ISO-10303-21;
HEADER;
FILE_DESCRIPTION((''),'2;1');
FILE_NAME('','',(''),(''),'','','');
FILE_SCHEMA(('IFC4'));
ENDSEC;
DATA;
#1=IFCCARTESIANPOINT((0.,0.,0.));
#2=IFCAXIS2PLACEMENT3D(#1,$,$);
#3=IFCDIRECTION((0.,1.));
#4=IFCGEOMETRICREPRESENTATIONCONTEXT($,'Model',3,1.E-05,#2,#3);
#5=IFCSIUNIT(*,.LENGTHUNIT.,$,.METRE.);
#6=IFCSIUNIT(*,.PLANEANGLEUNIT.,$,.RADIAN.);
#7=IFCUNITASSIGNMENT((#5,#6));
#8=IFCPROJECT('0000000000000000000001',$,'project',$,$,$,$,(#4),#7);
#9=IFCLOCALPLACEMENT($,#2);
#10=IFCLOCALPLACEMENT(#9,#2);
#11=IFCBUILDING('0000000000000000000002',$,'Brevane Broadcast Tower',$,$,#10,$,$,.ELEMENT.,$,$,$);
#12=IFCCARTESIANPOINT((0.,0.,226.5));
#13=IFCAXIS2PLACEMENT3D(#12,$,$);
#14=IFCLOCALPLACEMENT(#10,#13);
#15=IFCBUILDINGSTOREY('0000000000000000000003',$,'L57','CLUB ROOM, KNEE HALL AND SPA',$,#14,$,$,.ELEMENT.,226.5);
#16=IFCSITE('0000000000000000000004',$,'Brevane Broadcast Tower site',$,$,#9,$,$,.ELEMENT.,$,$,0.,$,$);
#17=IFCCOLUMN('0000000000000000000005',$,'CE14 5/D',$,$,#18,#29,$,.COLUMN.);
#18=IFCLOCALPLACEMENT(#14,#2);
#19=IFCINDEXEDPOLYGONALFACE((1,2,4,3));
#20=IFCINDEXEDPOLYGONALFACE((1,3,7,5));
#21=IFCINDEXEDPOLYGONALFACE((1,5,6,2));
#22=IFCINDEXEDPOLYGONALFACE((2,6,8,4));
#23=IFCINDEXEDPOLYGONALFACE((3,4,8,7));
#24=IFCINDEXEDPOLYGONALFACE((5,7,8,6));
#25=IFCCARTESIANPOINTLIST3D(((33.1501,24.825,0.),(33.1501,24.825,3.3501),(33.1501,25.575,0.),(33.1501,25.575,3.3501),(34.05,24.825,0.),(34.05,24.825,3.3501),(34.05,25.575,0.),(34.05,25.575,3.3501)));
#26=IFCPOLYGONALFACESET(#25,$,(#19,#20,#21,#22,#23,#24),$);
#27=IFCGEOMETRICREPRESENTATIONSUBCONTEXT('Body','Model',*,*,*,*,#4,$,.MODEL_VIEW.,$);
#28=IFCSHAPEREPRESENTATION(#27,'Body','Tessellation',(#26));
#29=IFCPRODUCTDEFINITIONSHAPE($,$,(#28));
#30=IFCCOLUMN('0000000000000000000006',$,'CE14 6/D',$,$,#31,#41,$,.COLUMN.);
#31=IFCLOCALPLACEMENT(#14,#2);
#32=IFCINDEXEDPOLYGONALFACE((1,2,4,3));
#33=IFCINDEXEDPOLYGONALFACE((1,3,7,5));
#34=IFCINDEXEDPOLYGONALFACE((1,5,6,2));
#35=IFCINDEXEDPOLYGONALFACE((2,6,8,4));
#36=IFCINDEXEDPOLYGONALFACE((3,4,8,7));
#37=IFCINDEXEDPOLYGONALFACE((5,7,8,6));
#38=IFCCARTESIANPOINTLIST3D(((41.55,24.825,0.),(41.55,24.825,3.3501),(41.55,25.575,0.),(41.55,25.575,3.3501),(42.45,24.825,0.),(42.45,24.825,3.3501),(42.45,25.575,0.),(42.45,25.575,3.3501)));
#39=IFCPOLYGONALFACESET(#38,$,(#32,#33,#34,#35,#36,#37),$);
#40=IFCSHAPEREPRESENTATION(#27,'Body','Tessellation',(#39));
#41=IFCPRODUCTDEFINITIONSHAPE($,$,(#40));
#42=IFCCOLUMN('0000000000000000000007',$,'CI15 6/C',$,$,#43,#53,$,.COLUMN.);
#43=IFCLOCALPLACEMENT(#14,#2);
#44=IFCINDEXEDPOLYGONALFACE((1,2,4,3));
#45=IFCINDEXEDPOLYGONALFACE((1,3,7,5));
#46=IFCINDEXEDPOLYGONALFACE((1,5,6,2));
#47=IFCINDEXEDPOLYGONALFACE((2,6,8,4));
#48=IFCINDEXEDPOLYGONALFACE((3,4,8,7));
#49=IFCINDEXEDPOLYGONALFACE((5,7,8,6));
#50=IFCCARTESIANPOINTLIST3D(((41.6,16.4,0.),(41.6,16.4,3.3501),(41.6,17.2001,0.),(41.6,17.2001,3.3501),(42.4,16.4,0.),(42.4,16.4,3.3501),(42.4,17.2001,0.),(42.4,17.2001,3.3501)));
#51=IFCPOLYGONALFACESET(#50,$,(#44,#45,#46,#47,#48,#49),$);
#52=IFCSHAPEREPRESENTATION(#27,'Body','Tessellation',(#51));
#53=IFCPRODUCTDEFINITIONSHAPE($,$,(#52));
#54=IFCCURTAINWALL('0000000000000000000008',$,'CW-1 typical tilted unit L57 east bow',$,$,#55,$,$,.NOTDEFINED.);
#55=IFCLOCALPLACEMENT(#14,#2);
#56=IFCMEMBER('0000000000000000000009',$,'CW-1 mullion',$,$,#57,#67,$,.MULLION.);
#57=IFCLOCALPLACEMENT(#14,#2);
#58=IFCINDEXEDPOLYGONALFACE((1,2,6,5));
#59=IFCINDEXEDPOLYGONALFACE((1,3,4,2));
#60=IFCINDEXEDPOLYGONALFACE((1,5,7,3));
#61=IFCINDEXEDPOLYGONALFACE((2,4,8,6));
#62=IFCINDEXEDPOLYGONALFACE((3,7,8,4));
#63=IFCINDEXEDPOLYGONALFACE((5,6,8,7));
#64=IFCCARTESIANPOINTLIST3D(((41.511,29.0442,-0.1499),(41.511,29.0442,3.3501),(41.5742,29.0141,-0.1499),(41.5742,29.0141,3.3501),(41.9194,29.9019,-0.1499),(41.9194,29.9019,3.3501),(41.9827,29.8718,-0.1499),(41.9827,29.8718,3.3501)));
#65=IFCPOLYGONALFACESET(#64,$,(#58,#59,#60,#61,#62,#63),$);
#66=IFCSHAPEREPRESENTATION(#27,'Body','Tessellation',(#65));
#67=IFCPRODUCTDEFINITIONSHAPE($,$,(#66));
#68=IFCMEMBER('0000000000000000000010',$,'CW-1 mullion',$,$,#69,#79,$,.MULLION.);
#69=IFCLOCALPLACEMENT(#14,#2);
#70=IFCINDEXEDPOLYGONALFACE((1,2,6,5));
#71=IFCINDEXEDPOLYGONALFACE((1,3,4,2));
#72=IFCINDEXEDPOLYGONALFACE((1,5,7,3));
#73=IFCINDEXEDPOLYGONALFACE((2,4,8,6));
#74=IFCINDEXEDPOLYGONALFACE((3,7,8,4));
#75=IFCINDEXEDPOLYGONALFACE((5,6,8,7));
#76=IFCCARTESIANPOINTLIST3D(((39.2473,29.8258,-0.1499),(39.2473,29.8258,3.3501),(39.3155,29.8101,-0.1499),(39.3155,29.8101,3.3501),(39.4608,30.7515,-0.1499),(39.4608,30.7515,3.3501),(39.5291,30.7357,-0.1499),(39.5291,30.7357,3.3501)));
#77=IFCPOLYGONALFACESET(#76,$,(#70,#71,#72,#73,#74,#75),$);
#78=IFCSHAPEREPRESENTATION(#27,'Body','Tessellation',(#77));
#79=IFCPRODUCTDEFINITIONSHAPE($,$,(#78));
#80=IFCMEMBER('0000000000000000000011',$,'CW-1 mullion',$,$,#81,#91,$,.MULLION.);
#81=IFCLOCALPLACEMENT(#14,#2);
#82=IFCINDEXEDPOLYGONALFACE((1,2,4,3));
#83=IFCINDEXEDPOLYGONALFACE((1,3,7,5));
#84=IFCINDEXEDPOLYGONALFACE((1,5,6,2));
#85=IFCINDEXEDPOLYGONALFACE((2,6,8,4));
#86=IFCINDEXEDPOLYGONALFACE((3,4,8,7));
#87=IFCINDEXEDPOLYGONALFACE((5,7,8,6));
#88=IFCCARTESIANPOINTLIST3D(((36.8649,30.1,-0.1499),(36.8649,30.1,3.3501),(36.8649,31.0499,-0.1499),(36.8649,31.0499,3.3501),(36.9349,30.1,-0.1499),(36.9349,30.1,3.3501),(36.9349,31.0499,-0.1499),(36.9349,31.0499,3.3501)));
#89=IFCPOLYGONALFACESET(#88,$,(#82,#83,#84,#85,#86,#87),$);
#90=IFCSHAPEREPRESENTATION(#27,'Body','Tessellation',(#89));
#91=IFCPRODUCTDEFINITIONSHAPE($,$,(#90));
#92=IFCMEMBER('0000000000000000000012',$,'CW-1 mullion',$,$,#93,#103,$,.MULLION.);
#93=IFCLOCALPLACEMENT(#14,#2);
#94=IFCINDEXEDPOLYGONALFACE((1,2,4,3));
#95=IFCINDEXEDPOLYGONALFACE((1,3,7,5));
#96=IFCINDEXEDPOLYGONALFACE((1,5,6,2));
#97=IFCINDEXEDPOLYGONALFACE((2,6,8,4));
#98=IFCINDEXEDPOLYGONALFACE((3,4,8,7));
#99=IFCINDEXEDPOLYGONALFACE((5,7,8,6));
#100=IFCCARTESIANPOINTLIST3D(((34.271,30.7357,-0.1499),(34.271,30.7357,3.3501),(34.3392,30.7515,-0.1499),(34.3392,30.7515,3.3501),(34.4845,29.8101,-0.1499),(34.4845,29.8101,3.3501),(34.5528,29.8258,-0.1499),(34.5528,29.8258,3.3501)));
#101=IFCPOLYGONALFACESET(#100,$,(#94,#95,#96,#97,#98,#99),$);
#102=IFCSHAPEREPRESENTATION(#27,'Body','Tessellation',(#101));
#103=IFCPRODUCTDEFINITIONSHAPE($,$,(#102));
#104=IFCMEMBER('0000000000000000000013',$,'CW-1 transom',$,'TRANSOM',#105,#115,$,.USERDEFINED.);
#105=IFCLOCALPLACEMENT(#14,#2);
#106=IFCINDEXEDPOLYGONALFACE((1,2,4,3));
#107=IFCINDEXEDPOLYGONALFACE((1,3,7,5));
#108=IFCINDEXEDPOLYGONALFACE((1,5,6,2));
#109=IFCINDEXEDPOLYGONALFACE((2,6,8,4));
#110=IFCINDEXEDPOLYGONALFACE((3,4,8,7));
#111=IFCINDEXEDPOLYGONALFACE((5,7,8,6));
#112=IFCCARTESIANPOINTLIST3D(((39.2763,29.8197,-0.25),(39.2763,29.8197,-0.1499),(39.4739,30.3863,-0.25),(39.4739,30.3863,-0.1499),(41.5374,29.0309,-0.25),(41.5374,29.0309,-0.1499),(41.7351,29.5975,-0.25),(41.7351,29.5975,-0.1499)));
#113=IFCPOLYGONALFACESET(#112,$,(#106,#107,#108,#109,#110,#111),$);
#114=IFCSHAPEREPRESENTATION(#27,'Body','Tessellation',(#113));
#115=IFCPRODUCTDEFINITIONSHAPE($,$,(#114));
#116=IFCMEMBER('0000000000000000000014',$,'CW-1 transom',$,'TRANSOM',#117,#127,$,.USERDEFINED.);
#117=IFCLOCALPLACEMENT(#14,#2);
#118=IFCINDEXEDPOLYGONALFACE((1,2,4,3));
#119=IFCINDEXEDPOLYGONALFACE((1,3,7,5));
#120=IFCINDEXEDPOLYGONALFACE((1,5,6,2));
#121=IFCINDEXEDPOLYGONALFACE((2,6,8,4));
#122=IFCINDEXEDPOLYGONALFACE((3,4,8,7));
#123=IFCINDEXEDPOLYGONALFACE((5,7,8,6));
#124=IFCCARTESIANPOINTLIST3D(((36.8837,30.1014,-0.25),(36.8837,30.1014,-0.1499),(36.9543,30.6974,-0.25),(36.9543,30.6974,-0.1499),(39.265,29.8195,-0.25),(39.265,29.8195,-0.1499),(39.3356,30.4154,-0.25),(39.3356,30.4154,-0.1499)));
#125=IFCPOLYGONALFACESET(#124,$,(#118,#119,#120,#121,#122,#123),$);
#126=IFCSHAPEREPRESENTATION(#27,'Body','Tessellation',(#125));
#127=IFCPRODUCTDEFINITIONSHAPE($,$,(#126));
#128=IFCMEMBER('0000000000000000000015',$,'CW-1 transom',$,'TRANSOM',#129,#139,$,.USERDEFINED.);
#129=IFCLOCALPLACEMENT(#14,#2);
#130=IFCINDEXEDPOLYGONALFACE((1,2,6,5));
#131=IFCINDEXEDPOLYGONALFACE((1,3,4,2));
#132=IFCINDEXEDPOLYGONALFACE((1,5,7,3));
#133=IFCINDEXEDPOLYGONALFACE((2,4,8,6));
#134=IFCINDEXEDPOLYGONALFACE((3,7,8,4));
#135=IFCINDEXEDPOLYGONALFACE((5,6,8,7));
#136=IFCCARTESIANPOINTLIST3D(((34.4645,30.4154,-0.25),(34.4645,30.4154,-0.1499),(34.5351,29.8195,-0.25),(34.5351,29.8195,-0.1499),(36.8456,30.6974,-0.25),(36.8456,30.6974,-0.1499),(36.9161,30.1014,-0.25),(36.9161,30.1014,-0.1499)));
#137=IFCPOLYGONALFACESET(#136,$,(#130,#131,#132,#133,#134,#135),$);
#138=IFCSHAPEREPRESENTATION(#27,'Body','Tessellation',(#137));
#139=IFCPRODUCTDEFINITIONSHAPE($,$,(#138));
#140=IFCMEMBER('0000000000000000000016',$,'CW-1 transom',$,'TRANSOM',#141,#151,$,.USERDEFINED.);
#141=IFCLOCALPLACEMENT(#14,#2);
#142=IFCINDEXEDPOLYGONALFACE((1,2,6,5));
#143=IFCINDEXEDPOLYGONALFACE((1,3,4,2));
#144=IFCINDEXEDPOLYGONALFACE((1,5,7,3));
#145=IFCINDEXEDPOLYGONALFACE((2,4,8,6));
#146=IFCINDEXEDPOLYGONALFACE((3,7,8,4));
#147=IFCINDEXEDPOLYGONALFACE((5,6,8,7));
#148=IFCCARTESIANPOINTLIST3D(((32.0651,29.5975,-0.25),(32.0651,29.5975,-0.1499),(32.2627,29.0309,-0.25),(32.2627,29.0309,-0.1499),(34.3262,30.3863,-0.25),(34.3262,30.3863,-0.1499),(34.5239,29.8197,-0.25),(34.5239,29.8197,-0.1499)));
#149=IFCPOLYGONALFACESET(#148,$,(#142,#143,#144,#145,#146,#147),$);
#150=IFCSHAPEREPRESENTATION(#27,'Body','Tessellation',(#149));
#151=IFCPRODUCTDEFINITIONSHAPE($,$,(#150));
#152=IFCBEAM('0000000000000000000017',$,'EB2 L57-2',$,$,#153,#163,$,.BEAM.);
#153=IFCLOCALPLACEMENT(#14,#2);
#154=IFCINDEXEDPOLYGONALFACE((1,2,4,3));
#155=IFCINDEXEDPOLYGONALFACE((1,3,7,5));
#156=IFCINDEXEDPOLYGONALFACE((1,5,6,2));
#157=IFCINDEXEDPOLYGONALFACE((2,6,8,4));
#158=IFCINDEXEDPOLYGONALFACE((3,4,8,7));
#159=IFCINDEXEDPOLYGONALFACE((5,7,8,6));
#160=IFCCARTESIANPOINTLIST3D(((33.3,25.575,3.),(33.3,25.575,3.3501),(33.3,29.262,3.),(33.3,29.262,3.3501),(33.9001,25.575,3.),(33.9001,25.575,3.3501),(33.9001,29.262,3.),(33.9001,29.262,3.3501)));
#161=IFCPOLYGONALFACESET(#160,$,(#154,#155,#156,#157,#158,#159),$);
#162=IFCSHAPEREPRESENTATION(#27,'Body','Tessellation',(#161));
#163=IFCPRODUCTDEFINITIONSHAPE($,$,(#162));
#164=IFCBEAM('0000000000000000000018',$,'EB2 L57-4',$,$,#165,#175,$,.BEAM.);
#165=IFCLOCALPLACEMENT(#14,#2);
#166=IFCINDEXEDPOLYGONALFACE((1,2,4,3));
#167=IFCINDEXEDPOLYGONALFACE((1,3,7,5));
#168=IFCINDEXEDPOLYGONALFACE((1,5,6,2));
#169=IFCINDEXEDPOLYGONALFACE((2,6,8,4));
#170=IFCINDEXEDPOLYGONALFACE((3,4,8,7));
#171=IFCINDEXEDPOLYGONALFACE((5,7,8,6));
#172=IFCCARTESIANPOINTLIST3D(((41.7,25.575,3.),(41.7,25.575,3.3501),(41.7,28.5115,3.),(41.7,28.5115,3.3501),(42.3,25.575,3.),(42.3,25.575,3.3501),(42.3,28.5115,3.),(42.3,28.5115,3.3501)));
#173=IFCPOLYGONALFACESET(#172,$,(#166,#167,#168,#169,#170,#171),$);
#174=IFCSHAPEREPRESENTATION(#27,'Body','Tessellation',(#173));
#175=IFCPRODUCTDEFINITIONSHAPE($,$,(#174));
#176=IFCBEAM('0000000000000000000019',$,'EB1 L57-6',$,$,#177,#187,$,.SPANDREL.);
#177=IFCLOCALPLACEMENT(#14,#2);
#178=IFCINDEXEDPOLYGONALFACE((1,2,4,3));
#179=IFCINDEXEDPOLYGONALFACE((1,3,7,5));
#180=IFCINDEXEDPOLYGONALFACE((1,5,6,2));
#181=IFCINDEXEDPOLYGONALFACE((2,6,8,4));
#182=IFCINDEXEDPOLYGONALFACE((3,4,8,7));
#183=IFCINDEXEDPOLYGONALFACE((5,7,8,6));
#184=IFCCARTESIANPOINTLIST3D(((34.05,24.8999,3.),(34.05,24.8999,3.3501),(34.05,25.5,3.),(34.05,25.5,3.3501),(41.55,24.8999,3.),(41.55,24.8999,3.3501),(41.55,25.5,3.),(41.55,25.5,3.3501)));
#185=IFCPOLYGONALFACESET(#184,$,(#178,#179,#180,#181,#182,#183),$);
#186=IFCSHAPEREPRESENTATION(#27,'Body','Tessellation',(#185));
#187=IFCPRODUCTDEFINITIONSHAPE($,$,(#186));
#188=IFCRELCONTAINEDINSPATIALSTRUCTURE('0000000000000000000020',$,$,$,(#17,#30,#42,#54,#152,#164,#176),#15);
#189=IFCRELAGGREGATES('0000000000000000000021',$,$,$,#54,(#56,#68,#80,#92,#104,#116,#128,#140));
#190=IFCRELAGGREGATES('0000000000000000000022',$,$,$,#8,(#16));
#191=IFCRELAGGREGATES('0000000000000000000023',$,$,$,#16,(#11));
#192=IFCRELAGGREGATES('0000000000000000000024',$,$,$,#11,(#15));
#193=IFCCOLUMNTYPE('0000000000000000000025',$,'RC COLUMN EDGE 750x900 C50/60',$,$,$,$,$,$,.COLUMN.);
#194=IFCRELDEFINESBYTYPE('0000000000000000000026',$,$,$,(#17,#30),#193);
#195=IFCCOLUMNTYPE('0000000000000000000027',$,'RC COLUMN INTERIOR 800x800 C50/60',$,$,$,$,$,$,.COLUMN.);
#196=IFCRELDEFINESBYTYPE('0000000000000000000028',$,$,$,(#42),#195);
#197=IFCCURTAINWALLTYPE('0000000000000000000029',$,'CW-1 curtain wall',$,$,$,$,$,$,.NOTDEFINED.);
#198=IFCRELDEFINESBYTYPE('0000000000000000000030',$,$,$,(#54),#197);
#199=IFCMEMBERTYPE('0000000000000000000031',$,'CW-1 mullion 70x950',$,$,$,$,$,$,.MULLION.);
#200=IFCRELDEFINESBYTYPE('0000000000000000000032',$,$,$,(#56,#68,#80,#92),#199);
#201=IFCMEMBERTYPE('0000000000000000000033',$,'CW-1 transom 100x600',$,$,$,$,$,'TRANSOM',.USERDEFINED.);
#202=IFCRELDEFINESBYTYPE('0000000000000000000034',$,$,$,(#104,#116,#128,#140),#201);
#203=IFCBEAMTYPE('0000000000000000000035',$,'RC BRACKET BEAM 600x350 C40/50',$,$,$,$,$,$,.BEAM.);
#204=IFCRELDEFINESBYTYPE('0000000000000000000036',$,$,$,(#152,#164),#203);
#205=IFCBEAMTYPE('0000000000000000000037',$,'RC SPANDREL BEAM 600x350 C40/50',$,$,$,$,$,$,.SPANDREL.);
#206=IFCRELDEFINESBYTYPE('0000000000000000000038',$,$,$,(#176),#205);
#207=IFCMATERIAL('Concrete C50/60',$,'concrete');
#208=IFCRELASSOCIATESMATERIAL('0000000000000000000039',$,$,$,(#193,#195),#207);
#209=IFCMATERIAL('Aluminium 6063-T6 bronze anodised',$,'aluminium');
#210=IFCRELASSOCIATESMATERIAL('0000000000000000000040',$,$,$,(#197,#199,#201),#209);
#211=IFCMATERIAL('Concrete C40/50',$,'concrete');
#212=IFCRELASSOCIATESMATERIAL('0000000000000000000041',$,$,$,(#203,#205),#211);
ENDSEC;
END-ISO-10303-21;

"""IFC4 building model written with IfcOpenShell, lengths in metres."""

from ifc_helpers import new_model, si_unit, direction, frame, origin, origin_2d, place, context, subcontext, project, spatial, rectangle, extrude, material, material_profile, profile_set, type_object, element, aggregate, save


model = new_model("IFC4")

# Units and contexts
model_context = context("Model", 3, precision=1e-05, world=origin(), true_north=direction((0.0, 1.0)))
body_context = subcontext(model_context, "Body", "Model", "MODEL_VIEW")
ifc_project = project(units=[si_unit("LENGTHUNIT", "METRE"), si_unit("PLANEANGLEUNIT", "RADIAN")], contexts=[model_context])

# Site, building, storey
site_placement = place(None, origin())
site = spatial("IfcSite", under=ifc_project, at=site_placement, Name="Brevane Broadcast Tower site", CompositionType="ELEMENT", RefElevation=0.0)
building_placement = place(site_placement, origin())
building = spatial("IfcBuilding", under=site, at=building_placement, Name="Brevane Broadcast Tower", CompositionType="ELEMENT")
storey_placement = place(building_placement, frame((0.0, 0.0, 226.5)))
storey = spatial("IfcBuildingStorey", under=building, at=storey_placement, Name="L57", Description="CLUB ROOM, KNEE HALL AND SPA", CompositionType="ELEMENT", Elevation=226.5)

# Columns
ifc_material_1 = material(Name="Concrete C50/60", Category="concrete")
ifc_material_profile_1 = material_profile(ifc_material_1, rectangle(XDim=0.75, YDim=0.8999, at=origin_2d()), Name="RC 750x900")
ifc_profile_set_1 = profile_set([ifc_material_profile_1], Name="Concrete C50/60")
column_type_1 = type_object("IfcColumnType", Name="RC COLUMN EDGE 750x900 C50/60", PredefinedType="COLUMN", material=ifc_profile_set_1)
for number, where, z_axis, x_axis, name in (
    (1, (33.6001, 25.2, 0.0), (0.0, 0.0, 1.0), (0.0, 1.0, 0.0), "CE14 5/D"),
    (2, (42.0, 25.2, 0.0), (0.0, 0.0, 1.0), (0.0, 1.0, 0.0), "CE14 6/D"),
):
    element("IfcColumn", number, at=place(storey_placement, frame(where, z_axis=z_axis, x_axis=x_axis)), inside=storey, type_object=column_type_1, Name=name, PredefinedType="COLUMN", context=body_context, shape_type="SweptSolid", body=[
        extrude(rectangle(XDim=0.75, YDim=0.8999, at=origin_2d()), origin(), (0.0, 0.0, 1.0), 3.3501),
    ])
ifc_material_profile_2 = material_profile(ifc_material_1, rectangle(XDim=0.8, YDim=0.8, at=origin_2d()), Name="RC 800x800")
ifc_profile_set_2 = profile_set([ifc_material_profile_2], Name="Concrete C50/60")
column_type_2 = type_object("IfcColumnType", Name="RC COLUMN INTERIOR 800x800 C50/60", PredefinedType="COLUMN", material=ifc_profile_set_2)
column_placement = place(storey_placement, frame((42.0, 16.8, 0.0), z_axis=(0.0, 0.0, 1.0), x_axis=(1.0, 0.0, 0.0)))
element("IfcColumn", 3, at=column_placement, inside=storey, type_object=column_type_2, Name="CI15 6/C", PredefinedType="COLUMN", context=body_context, shape_type="SweptSolid", body=[
    extrude(rectangle(XDim=0.8, YDim=0.8, at=origin_2d()), origin(), (0.0, 0.0, 1.0), 3.3501),
])

# Curtain wall, members
ifc_material_2 = material(Name="Aluminium 6063-T6 bronze anodised", Category="aluminium")
curtain_wall_type = type_object("IfcCurtainWallType", Name="CW-1 curtain wall", PredefinedType="NOTDEFINED", material=ifc_material_2)
curtain_wall_placement = place(storey_placement, origin())
curtain_wall = element("IfcCurtainWall", 4, at=curtain_wall_placement, inside=storey, type_object=curtain_wall_type, Name="CW-1 typical tilted unit L57 east bow", PredefinedType="NOTDEFINED")
ifc_material_profile_3 = material_profile(ifc_material_2, rectangle(XDim=0.95, YDim=0.0701, at=origin_2d()), Name="RECT 70x950")
ifc_profile_set_3 = profile_set([ifc_material_profile_3], Name="Aluminium 6063-T6 bronze anodised")
member_type_1 = type_object("IfcMemberType", Name="CW-1 mullion 70x950", PredefinedType="MULLION", material=ifc_profile_set_3)
member_1_placement = place(storey_placement, frame((41.7468, 29.458, -0.1499), z_axis=(0.0, 0.0, 1.0), x_axis=(-0.429934, -0.902861, 0.0)))
member_1 = element("IfcMember", 5, at=member_1_placement, type_object=member_type_1, Name="CW-1 mullion", PredefinedType="MULLION", context=body_context, shape_type="SweptSolid", body=[
    extrude(rectangle(XDim=0.95, YDim=0.0701, at=origin_2d()), origin(), (0.0, 0.0, 1.0), 3.5),
])
member_2_placement = place(storey_placement, frame((39.3882, 30.2808, -0.1499), z_axis=(0.0, 0.0, 1.0), x_axis=(-0.224807, -0.974403, 0.0)))
member_2 = element("IfcMember", 6, at=member_2_placement, type_object=member_type_1, Name="CW-1 mullion", PredefinedType="MULLION", context=body_context, shape_type="SweptSolid", body=[
    extrude(rectangle(XDim=0.95, YDim=0.0701, at=origin_2d()), origin(), (0.0, 0.0, 1.0), 3.5),
])
member_3_placement = place(storey_placement, frame((36.8999, 30.575, -0.1499), z_axis=(0.0, 0.0, 1.0), x_axis=(0.0, -1.0, 0.0)))
member_3 = element("IfcMember", 7, at=member_3_placement, type_object=member_type_1, Name="CW-1 mullion", PredefinedType="MULLION", context=body_context, shape_type="SweptSolid", body=[
    extrude(rectangle(XDim=0.95, YDim=0.0701, at=origin_2d()), origin(), (0.0, 0.0, 1.0), 3.5),
])
member_4_placement = place(storey_placement, frame((34.4119, 30.2808, -0.1499), z_axis=(0.0, 0.0, 1.0), x_axis=(0.224807, -0.974403, 0.0)))
member_4 = element("IfcMember", 8, at=member_4_placement, type_object=member_type_1, Name="CW-1 mullion", PredefinedType="MULLION", context=body_context, shape_type="SweptSolid", body=[
    extrude(rectangle(XDim=0.95, YDim=0.0701, at=origin_2d()), origin(), (0.0, 0.0, 1.0), 3.5),
])
ifc_material_profile_4 = material_profile(ifc_material_2, rectangle(XDim=0.6001, YDim=0.1001, at=origin_2d()), Name="RECT 100x600")
ifc_profile_set_4 = profile_set([ifc_material_profile_4], Name="Aluminium 6063-T6 bronze anodised")
member_type_2 = type_object("IfcMemberType", Name="CW-1 transom 100x600", ElementType="TRANSOM", PredefinedType="USERDEFINED", material=ifc_profile_set_4)
member_5_placement = place(storey_placement, frame((41.6362, 29.3142, -0.2), z_axis=(-0.944198, 0.329378, 0.0), x_axis=(-0.329378, -0.944198, 0.0)))
member_5 = element("IfcMember", 9, at=member_5_placement, type_object=member_type_2, Name="CW-1 transom", ObjectType="TRANSOM", PredefinedType="USERDEFINED", context=body_context, shape_type="SweptSolid", body=[
    extrude(rectangle(XDim=0.6001, YDim=0.1001, at=origin_2d()), origin(), (0.0, 0.0, 1.0), 2.3948),
])
member_6_placement = place(storey_placement, frame((39.3003, 30.1174, -0.2), z_axis=(-0.993062, 0.117591, 0.0), x_axis=(-0.117591, -0.993062, 0.0)))
member_6 = element("IfcMember", 10, at=member_6_placement, type_object=member_type_2, Name="CW-1 transom", ObjectType="TRANSOM", PredefinedType="USERDEFINED", context=body_context, shape_type="SweptSolid", body=[
    extrude(rectangle(XDim=0.6001, YDim=0.1001, at=origin_2d()), origin(), (0.0, 0.0, 1.0), 2.3979),
])
member_7_placement = place(storey_placement, frame((36.8809, 30.3994, -0.2), z_axis=(-0.993061, -0.117603, 0.0), x_axis=(0.117603, -0.993061, 0.0)))
member_7 = element("IfcMember", 11, at=member_7_placement, type_object=member_type_2, Name="CW-1 transom", ObjectType="TRANSOM", PredefinedType="USERDEFINED", context=body_context, shape_type="SweptSolid", body=[
    extrude(rectangle(XDim=0.6001, YDim=0.1001, at=origin_2d()), origin(), (0.0, 0.0, 1.0), 2.3977),
])
member_8_placement = place(storey_placement, frame((34.425, 30.103, -0.2), z_axis=(-0.944198, -0.329378, 0.0), x_axis=(0.329378, -0.944198, 0.0)))
member_8 = element("IfcMember", 12, at=member_8_placement, type_object=member_type_2, Name="CW-1 transom", ObjectType="TRANSOM", PredefinedType="USERDEFINED", context=body_context, shape_type="SweptSolid", body=[
    extrude(rectangle(XDim=0.6001, YDim=0.1001, at=origin_2d()), origin(), (0.0, 0.0, 1.0), 2.3948),
])
aggregate(curtain_wall, [member_1, member_2, member_3, member_4, member_5, member_6, member_7, member_8])

# Beams
ifc_material_3 = material(Name="Concrete C40/50", Category="concrete")
ifc_material_profile_5 = material_profile(ifc_material_3, rectangle(XDim=0.6001, YDim=0.3501, at=origin_2d()), Name="RC 600x350")
ifc_profile_set_5 = profile_set([ifc_material_profile_5], Name="Concrete C40/50")
beam_type_1 = type_object("IfcBeamType", Name="RC BRACKET BEAM 600x350 C40/50", PredefinedType="BEAM", material=ifc_profile_set_5)
beam_1_placement = place(storey_placement, frame((33.6001, 25.575, 3.175), z_axis=(0.0, 1.0, 0.0), x_axis=(-1.0, 0.0, 0.0)))
element("IfcBeam", 13, at=beam_1_placement, inside=storey, type_object=beam_type_1, Name="EB2 L57-2", PredefinedType="BEAM", context=body_context, shape_type="SweptSolid", body=[
    extrude(rectangle(XDim=0.6001, YDim=0.3501, at=origin_2d()), origin(), (0.0, 0.0, 1.0), 3.687),
])
beam_2_placement = place(storey_placement, frame((42.0, 25.575, 3.175), z_axis=(0.0, 1.0, 0.0), x_axis=(-1.0, 0.0, 0.0)))
element("IfcBeam", 14, at=beam_2_placement, inside=storey, type_object=beam_type_1, Name="EB2 L57-4", PredefinedType="BEAM", context=body_context, shape_type="SweptSolid", body=[
    extrude(rectangle(XDim=0.6001, YDim=0.3501, at=origin_2d()), origin(), (0.0, 0.0, 1.0), 2.9365),
])
ifc_material_profile_6 = material_profile(ifc_material_3, rectangle(XDim=0.6001, YDim=0.3501, at=origin_2d()), Name="RC 600x350")
ifc_profile_set_6 = profile_set([ifc_material_profile_6], Name="Concrete C40/50")
beam_type_2 = type_object("IfcBeamType", Name="RC SPANDREL BEAM 600x350 C40/50", PredefinedType="SPANDREL", material=ifc_profile_set_6)
beam_3_placement = place(storey_placement, frame((41.55, 25.2, 3.175), z_axis=(-1.0, 0.0, 0.0), x_axis=(0.0, -1.0, 0.0)))
element("IfcBeam", 15, at=beam_3_placement, inside=storey, type_object=beam_type_2, Name="EB1 L57-6", PredefinedType="SPANDREL", context=body_context, shape_type="SweptSolid", body=[
    extrude(rectangle(XDim=0.6001, YDim=0.3501, at=origin_2d()), origin(), (0.0, 0.0, 1.0), 7.5),
])

save(model, "model.ifc")
